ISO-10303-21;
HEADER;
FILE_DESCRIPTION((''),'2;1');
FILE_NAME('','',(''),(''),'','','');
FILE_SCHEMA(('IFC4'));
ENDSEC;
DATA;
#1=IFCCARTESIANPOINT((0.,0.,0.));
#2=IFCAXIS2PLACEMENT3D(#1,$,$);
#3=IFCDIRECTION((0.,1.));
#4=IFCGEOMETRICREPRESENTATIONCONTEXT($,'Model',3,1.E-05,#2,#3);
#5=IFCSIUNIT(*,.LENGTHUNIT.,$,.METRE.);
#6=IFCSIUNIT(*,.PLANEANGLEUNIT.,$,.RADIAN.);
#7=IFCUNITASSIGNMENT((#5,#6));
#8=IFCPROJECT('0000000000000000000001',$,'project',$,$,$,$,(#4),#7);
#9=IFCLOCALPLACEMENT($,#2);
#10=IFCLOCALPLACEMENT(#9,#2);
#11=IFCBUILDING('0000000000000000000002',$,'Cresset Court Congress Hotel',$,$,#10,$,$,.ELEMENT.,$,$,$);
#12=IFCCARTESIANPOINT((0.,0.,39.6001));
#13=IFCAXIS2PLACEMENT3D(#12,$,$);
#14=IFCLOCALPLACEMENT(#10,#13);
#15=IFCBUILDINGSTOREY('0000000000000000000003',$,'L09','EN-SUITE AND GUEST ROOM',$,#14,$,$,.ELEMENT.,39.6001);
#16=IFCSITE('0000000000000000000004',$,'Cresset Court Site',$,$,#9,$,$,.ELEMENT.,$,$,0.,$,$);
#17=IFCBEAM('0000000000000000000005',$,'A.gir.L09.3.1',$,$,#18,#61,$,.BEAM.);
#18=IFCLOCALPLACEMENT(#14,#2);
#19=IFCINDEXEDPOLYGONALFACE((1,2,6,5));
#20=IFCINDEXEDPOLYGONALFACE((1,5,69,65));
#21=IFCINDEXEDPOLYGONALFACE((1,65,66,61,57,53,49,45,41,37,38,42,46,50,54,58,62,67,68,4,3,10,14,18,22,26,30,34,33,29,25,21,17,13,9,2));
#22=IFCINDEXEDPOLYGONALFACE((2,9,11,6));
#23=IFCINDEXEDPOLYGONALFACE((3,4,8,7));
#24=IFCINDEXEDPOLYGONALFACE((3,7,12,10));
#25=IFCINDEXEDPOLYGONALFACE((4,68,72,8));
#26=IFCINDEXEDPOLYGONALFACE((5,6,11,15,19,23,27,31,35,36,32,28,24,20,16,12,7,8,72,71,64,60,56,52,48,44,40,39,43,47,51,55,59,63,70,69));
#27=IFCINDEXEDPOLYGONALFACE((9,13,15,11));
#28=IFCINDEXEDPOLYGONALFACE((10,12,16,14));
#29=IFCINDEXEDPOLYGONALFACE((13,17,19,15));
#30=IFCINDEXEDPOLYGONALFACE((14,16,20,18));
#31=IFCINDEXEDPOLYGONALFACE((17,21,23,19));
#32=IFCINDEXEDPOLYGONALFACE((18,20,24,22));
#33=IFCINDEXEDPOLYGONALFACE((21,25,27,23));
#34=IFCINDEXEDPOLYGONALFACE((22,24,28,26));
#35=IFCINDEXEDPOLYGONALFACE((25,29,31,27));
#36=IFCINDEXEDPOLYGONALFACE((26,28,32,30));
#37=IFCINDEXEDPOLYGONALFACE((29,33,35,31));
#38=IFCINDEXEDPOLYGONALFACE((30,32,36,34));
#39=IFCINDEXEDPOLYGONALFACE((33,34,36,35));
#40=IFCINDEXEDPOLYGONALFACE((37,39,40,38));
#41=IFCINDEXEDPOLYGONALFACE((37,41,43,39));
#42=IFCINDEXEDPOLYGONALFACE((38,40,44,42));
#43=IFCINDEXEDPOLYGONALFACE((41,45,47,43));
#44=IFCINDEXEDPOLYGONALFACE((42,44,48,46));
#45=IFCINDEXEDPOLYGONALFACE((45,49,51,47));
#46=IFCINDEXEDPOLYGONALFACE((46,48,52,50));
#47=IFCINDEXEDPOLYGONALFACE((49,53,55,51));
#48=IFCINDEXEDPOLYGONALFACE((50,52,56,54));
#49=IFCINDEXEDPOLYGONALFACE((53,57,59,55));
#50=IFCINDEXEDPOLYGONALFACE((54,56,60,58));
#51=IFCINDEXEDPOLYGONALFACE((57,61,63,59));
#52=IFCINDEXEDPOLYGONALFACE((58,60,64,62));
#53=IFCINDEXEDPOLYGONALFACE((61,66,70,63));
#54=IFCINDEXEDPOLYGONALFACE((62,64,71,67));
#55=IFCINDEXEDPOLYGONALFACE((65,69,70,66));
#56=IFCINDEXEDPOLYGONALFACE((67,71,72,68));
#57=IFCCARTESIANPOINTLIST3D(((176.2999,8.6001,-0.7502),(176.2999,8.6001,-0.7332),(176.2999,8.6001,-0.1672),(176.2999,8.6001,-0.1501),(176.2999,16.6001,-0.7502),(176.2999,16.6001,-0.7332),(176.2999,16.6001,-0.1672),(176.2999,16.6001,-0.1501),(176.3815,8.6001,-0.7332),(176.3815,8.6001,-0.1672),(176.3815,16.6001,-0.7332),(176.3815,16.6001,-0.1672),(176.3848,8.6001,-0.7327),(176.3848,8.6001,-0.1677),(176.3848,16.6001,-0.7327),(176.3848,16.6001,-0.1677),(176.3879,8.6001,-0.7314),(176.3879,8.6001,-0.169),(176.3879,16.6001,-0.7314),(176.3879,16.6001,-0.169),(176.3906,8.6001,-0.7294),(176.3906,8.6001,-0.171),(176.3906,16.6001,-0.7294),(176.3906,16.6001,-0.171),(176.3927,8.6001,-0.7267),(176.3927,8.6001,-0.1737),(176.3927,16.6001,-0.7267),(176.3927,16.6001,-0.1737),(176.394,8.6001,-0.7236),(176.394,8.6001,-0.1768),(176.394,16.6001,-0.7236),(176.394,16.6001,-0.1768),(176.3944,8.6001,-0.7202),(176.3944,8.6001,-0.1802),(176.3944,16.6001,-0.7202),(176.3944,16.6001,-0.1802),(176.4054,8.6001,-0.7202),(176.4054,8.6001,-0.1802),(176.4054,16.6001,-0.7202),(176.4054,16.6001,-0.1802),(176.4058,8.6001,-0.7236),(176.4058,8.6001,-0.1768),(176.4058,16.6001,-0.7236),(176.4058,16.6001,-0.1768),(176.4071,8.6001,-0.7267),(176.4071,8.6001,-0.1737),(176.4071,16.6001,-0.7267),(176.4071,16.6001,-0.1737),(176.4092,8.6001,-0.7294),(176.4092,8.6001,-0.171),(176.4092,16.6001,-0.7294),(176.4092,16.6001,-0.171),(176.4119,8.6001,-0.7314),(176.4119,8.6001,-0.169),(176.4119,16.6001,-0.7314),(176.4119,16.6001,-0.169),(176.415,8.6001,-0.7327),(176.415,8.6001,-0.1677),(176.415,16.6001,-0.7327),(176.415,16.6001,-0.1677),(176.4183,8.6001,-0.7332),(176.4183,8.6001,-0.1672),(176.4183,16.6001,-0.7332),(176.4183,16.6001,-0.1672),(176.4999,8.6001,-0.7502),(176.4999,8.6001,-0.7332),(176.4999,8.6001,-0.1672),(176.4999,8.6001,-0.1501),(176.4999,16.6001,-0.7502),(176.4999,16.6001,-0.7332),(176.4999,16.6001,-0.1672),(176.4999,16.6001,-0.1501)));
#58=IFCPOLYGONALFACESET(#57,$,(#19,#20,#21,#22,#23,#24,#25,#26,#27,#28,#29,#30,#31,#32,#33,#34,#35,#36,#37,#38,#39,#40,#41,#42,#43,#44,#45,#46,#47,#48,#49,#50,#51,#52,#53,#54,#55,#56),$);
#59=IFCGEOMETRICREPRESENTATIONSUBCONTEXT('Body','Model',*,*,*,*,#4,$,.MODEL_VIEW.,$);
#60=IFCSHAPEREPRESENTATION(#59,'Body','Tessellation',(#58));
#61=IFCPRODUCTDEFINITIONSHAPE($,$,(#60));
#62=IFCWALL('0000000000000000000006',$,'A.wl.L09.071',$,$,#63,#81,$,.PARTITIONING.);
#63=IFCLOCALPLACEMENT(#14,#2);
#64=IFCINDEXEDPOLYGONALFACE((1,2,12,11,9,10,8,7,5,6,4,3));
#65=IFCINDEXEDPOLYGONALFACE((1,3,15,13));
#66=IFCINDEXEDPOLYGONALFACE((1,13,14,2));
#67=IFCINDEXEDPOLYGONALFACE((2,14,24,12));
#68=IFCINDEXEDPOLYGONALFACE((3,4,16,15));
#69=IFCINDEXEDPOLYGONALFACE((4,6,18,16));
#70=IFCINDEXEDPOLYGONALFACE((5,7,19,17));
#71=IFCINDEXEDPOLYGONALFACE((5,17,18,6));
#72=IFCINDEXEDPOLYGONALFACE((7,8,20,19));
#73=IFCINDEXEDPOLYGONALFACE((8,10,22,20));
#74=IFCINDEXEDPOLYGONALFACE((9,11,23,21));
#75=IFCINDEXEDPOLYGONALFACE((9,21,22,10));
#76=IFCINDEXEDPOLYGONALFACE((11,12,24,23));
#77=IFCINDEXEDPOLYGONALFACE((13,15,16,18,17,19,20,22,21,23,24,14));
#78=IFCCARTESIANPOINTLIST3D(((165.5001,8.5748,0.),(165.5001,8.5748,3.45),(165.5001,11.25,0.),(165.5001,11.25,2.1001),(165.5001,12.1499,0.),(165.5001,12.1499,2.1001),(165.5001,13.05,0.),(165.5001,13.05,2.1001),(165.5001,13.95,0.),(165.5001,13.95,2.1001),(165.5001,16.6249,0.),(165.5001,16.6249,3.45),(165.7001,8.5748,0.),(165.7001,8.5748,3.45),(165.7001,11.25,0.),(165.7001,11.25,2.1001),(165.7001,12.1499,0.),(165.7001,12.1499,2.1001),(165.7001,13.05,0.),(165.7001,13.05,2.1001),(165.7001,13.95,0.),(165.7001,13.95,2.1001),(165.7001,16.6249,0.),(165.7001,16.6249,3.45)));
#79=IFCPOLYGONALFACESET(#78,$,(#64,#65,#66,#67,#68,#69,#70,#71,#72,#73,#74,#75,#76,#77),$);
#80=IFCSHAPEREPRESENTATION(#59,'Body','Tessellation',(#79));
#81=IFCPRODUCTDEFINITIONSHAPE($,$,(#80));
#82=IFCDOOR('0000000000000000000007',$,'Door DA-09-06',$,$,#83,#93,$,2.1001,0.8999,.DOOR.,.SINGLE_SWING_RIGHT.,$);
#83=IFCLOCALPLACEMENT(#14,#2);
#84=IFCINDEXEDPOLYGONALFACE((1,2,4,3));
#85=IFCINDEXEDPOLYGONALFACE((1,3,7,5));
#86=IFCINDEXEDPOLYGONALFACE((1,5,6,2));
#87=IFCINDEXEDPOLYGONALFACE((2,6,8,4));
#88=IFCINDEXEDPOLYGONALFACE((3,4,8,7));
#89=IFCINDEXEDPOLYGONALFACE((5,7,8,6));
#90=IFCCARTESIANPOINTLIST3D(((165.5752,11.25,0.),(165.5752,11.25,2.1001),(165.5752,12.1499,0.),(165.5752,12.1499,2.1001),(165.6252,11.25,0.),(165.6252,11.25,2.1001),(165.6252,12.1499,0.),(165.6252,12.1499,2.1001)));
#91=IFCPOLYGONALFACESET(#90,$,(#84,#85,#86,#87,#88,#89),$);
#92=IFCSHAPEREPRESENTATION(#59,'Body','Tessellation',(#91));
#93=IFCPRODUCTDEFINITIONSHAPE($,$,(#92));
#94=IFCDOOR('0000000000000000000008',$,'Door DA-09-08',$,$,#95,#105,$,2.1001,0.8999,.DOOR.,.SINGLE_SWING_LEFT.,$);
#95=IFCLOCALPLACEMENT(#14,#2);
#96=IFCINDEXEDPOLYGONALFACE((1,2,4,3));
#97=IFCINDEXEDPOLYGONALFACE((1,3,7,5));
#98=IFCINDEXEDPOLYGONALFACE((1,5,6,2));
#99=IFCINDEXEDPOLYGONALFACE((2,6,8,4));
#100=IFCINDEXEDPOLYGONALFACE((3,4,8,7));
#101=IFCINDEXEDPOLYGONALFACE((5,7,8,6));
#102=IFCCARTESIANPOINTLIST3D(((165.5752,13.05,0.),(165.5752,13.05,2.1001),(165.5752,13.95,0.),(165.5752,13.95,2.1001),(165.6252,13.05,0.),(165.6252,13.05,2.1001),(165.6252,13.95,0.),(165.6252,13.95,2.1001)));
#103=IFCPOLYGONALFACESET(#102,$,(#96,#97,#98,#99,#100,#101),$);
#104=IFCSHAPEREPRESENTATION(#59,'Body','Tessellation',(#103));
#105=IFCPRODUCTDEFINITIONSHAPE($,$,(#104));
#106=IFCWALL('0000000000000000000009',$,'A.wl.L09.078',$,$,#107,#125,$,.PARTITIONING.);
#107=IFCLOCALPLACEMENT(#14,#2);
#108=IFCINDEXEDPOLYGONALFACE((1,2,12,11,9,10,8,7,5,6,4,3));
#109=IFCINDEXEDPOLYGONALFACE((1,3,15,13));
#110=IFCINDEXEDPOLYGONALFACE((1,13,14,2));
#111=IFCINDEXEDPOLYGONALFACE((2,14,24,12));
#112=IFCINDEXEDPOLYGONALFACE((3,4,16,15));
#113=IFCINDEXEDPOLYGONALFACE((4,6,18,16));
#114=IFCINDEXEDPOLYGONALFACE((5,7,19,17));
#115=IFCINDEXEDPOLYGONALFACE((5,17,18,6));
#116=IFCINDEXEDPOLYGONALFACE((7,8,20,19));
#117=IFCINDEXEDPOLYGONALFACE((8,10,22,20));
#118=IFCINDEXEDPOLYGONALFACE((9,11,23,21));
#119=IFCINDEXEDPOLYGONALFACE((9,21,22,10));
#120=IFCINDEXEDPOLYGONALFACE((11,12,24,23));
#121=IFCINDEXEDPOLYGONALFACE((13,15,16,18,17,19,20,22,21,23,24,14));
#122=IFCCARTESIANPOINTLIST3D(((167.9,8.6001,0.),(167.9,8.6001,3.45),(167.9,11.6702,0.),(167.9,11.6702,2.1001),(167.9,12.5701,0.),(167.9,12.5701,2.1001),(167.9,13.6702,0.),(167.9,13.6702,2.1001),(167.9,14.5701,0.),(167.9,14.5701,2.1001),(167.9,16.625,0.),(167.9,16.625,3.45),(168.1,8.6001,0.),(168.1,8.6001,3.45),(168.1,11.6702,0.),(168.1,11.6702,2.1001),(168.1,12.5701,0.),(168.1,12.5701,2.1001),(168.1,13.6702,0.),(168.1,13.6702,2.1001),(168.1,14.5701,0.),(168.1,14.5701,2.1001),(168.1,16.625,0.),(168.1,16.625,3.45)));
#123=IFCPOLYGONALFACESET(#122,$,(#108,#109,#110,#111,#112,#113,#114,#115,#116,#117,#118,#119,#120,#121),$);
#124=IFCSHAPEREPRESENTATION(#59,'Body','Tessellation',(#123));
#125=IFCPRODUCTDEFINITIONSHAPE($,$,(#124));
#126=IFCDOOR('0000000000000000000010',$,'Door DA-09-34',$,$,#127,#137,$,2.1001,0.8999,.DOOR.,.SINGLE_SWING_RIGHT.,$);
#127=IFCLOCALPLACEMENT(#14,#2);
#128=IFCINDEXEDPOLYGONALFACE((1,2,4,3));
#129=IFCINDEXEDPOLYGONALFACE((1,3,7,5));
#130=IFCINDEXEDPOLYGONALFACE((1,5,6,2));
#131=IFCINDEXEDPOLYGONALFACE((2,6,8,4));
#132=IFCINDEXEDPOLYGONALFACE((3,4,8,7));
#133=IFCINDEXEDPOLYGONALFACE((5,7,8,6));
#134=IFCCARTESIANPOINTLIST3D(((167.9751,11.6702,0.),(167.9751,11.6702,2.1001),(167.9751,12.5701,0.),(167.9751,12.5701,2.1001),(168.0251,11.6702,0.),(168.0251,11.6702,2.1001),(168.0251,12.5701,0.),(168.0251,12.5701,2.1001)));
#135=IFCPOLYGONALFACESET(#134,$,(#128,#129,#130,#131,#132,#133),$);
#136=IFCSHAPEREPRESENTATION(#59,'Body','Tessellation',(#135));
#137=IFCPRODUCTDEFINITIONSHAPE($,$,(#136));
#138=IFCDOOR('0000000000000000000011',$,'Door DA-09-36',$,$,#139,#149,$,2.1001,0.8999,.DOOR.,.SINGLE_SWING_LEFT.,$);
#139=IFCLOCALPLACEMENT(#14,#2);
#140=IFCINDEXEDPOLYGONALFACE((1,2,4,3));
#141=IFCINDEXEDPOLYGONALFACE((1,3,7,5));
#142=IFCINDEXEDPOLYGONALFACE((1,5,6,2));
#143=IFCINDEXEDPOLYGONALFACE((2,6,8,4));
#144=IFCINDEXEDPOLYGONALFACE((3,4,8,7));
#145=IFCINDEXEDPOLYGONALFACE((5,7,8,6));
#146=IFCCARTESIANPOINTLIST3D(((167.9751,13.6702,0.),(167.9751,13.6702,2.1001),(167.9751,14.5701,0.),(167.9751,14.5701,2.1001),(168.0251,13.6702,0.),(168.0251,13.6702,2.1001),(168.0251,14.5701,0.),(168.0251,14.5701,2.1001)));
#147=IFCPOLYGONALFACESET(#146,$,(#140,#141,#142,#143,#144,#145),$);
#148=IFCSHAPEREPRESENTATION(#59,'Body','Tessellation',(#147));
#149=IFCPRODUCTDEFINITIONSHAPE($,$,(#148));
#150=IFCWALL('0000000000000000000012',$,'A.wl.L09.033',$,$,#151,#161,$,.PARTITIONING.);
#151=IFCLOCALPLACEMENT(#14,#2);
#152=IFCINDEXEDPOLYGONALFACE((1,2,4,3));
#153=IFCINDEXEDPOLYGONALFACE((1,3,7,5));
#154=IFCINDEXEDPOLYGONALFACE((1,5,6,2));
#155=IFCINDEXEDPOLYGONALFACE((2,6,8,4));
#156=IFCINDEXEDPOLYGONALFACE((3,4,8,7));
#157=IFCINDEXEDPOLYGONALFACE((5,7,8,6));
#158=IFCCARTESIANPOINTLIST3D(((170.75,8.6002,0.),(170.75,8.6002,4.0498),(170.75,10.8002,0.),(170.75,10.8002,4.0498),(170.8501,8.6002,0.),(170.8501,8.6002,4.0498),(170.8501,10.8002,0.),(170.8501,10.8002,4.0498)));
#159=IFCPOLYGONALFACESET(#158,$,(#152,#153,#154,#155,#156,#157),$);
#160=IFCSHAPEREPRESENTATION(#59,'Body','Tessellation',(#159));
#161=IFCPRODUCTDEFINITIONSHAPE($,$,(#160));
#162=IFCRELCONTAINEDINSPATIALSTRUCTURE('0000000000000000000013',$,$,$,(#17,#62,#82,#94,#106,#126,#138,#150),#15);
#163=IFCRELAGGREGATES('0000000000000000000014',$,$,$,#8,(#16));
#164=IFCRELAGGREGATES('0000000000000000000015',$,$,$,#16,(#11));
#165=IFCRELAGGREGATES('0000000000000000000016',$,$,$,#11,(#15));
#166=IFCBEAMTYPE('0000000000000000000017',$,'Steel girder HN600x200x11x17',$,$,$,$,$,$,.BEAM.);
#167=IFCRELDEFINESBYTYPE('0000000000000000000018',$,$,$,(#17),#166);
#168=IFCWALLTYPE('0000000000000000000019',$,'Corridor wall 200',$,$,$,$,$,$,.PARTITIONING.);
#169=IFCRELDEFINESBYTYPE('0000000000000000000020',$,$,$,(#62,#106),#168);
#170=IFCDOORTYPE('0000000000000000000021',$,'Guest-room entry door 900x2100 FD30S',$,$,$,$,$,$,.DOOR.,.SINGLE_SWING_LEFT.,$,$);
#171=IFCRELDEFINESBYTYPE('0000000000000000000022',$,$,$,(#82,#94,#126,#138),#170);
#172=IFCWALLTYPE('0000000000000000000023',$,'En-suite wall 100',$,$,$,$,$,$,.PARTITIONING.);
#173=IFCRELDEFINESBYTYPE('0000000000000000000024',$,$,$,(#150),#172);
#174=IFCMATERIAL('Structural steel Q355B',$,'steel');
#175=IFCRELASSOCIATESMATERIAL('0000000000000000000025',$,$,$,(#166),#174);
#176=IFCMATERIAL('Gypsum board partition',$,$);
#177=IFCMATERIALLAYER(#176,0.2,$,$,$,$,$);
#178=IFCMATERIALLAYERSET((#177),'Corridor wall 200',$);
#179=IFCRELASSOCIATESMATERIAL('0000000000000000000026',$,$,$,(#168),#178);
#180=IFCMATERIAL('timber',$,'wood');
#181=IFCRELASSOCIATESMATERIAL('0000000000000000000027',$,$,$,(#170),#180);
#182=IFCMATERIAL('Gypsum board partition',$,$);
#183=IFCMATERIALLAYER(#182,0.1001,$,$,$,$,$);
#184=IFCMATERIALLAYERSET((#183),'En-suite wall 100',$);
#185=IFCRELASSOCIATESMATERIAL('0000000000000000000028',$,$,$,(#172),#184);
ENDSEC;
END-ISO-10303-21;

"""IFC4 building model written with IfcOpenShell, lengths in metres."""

from ifc_helpers import new_model, si_unit, direction, frame, frame_2d, origin, origin_2d, place, context, subcontext, project, spatial, rectangle, i_section, extrude, material, layer, layer_set, material_profile, profile_set, type_object, element, fill, save


model = new_model("IFC4")

# Units and contexts
model_context = context("Model", 3, precision=1e-05, world=origin(), true_north=direction((0.0, 1.0)))
body_context = subcontext(model_context, "Body", "Model", "MODEL_VIEW")
ifc_project = project(units=[si_unit("LENGTHUNIT", "METRE"), si_unit("PLANEANGLEUNIT", "RADIAN")], contexts=[model_context])

# Site, building, storey
site_placement = place(None, origin())
site = spatial("IfcSite", under=ifc_project, at=site_placement, Name="Cresset Court Site", CompositionType="ELEMENT", RefElevation=0.0)
building_placement = place(site_placement, origin())
building = spatial("IfcBuilding", under=site, at=building_placement, Name="Cresset Court Congress Hotel", CompositionType="ELEMENT")
storey_placement = place(building_placement, frame((0.0, 0.0, 39.6001)))
storey = spatial("IfcBuildingStorey", under=building, at=storey_placement, Name="L09", Description="EN-SUITE AND GUEST ROOM", CompositionType="ELEMENT", Elevation=39.6001)

# Beam
ifc_material_1 = material(Name="Structural steel Q355B", Category="steel")
ifc_material_profile_1 = material_profile(ifc_material_1, i_section(OverallWidth=0.2, OverallDepth=0.6001, WebThickness=0.011, FlangeThickness=0.0171, FilletRadius=0.0129, at=origin_2d()), Name="HN600x200x11x17")
ifc_profile_set_1 = profile_set([ifc_material_profile_1], Name="Structural steel Q355B")
beam_type_1 = type_object("IfcBeamType", Name="Steel girder HN600x200x11x17", PredefinedType="BEAM", material=ifc_profile_set_1)
for number, where, z_axis, x_axis, name in (
    (1, (176.3999, 8.6001, -0.4502), (0.0, 1.0, 0.0), (-1.0, 0.0, 0.0), "A.gir.L09.3.1"),
):
    element("IfcBeam", number, at=place(storey_placement, frame(where, z_axis=z_axis, x_axis=x_axis)), inside=storey, type_object=beam_type_1, Name=name, PredefinedType="BEAM", context=body_context, shape_type="SweptSolid", body=[
        extrude(i_section(OverallWidth=0.2, OverallDepth=0.6001, WebThickness=0.011, FlangeThickness=0.0171, FilletRadius=0.0129, at=origin_2d()), origin(), (0.0, 0.0, 1.0), 8.0),
    ])

# Walls, openings, doors
ifc_material_2 = material(Name="Gypsum board partition")
ifc_layer_1 = layer(ifc_material_2, 0.2)
ifc_layer_set_1 = layer_set([ifc_layer_1], Name="Corridor wall 200")
wall_type_1 = type_object("IfcWallType", Name="Corridor wall 200", PredefinedType="PARTITIONING", material=ifc_layer_set_1)
wall_1_placement = place(storey_placement, frame((165.6001, 8.575, 0.0), z_axis=(0.0, 0.0, 1.0), x_axis=(0.0, 1.0, 0.0)))
wall_1 = element("IfcWall", 2, at=wall_1_placement, inside=storey, type_object=wall_type_1, Name="A.wl.L09.071", PredefinedType="PARTITIONING", context=body_context, shape_type="SweptSolid", body=[
    extrude(rectangle(XDim=8.05, YDim=0.2, at=frame_2d((4.0249, 0.0))), origin(), (0.0, 0.0, 1.0), 3.45),
])
opening_1_placement = place(wall_1_placement, frame((2.675, 0.0, 0.0)))
opening_1 = element("IfcOpeningElement", 3, at=opening_1_placement, cuts=wall_1, PredefinedType="OPENING", context=body_context, shape_type="SweptSolid", body=[
    extrude(rectangle(XDim=0.8999, YDim=2.1001, at=frame_2d((0.45, 1.05))), frame((0.0, 0.1099, 0.0), z_axis=(0.0, -1.0, 0.0), x_axis=(1.0, 0.0, 0.0)), (0.0, 0.0, 1.0), 0.22),
])
opening_2_placement = place(wall_1_placement, frame((4.4751, 0.0, 0.0)))
opening_2 = element("IfcOpeningElement", 4, at=opening_2_placement, cuts=wall_1, PredefinedType="OPENING", context=body_context, shape_type="SweptSolid", body=[
    extrude(rectangle(XDim=0.8999, YDim=2.1001, at=frame_2d((0.45, 1.05))), frame((0.0, 0.1099, 0.0), z_axis=(0.0, -1.0, 0.0), x_axis=(1.0, 0.0, 0.0)), (0.0, 0.0, 1.0), 0.22),
])
ifc_material_3 = material(Name="timber", Category="wood")
door_type_1 = type_object("IfcDoorType", Name="Guest-room entry door 900x2100 FD30S", OperationType="SINGLE_SWING_LEFT", PredefinedType="DOOR", material=ifc_material_3)
door_1_placement = place(opening_1_placement, origin())
door_1 = element("IfcDoor", 5, at=door_1_placement, inside=storey, type_object=door_type_1, Name="Door DA-09-06", OperationType="SINGLE_SWING_RIGHT", OverallHeight=2.1001, OverallWidth=0.8999, PredefinedType="DOOR", context=body_context, shape_type="SweptSolid", body=[
    extrude(rectangle(XDim=0.8999, YDim=2.1001, at=frame_2d((0.45, 1.05))), frame((0.0, 0.0249, 0.0), z_axis=(0.0, -1.0, 0.0), x_axis=(1.0, 0.0, 0.0)), (0.0, 0.0, 1.0), 0.05),
])
fill(opening_1, door_1)
door_2_placement = place(opening_2_placement, origin())
door_2 = element("IfcDoor", 6, at=door_2_placement, inside=storey, type_object=door_type_1, Name="Door DA-09-08", OperationType="SINGLE_SWING_LEFT", OverallHeight=2.1001, OverallWidth=0.8999, PredefinedType="DOOR", context=body_context, shape_type="SweptSolid", body=[
    extrude(rectangle(XDim=0.8999, YDim=2.1001, at=frame_2d((0.45, 1.05))), frame((0.0, 0.0249, 0.0), z_axis=(0.0, -1.0, 0.0), x_axis=(1.0, 0.0, 0.0)), (0.0, 0.0, 1.0), 0.05),
])
fill(opening_2, door_2)
wall_2_placement = place(storey_placement, frame((168.0, 8.6001, 0.0), z_axis=(0.0, 0.0, 1.0), x_axis=(0.0, 1.0, 0.0)))
wall_2 = element("IfcWall", 7, at=wall_2_placement, inside=storey, type_object=wall_type_1, Name="A.wl.L09.078", PredefinedType="PARTITIONING", context=body_context, shape_type="SweptSolid", body=[
    extrude(rectangle(XDim=8.0249, YDim=0.2, at=frame_2d((4.0125, 0.0))), origin(), (0.0, 0.0, 1.0), 3.45),
])
opening_3_placement = place(wall_2_placement, frame((3.0701, 0.0, 0.0)))
opening_3 = element("IfcOpeningElement", 8, at=opening_3_placement, cuts=wall_2, PredefinedType="OPENING", context=body_context, shape_type="SweptSolid", body=[
    extrude(rectangle(XDim=0.8999, YDim=2.1001, at=frame_2d((0.45, 1.05))), frame((0.0, 0.1099, 0.0), z_axis=(0.0, -1.0, 0.0), x_axis=(1.0, 0.0, 0.0)), (0.0, 0.0, 1.0), 0.22),
])
opening_4_placement = place(wall_2_placement, frame((5.0701, 0.0, 0.0)))
opening_4 = element("IfcOpeningElement", 9, at=opening_4_placement, cuts=wall_2, PredefinedType="OPENING", context=body_context, shape_type="SweptSolid", body=[
    extrude(rectangle(XDim=0.8999, YDim=2.1001, at=frame_2d((0.45, 1.05))), frame((0.0, 0.1099, 0.0), z_axis=(0.0, -1.0, 0.0), x_axis=(1.0, 0.0, 0.0)), (0.0, 0.0, 1.0), 0.22),
])
door_3_placement = place(opening_3_placement, origin())
door_3 = element("IfcDoor", 10, at=door_3_placement, inside=storey, type_object=door_type_1, Name="Door DA-09-34", OperationType="SINGLE_SWING_RIGHT", OverallHeight=2.1001, OverallWidth=0.8999, PredefinedType="DOOR", context=body_context, shape_type="SweptSolid", body=[
    extrude(rectangle(XDim=0.8999, YDim=2.1001, at=frame_2d((0.45, 1.05))), frame((0.0, 0.0249, 0.0), z_axis=(0.0, -1.0, 0.0), x_axis=(1.0, 0.0, 0.0)), (0.0, 0.0, 1.0), 0.05),
])
fill(opening_3, door_3)
door_4_placement = place(opening_4_placement, origin())
door_4 = element("IfcDoor", 11, at=door_4_placement, inside=storey, type_object=door_type_1, Name="Door DA-09-36", OperationType="SINGLE_SWING_LEFT", OverallHeight=2.1001, OverallWidth=0.8999, PredefinedType="DOOR", context=body_context, shape_type="SweptSolid", body=[
    extrude(rectangle(XDim=0.8999, YDim=2.1001, at=frame_2d((0.45, 1.05))), frame((0.0, 0.0249, 0.0), z_axis=(0.0, -1.0, 0.0), x_axis=(1.0, 0.0, 0.0)), (0.0, 0.0, 1.0), 0.05),
])
fill(opening_4, door_4)

# Wall
ifc_material_4 = material(Name="Gypsum board partition")
ifc_layer_2 = layer(ifc_material_4, 0.1001)
ifc_layer_set_2 = layer_set([ifc_layer_2], Name="En-suite wall 100")
wall_type_2 = type_object("IfcWallType", Name="En-suite wall 100", PredefinedType="PARTITIONING", material=ifc_layer_set_2)
wall_3_placement = place(storey_placement, frame((170.8, 8.6001, 0.0), z_axis=(0.0, 0.0, 1.0), x_axis=(0.0, 1.0, 0.0)))
element("IfcWall", 12, at=wall_3_placement, inside=storey, type_object=wall_type_2, Name="A.wl.L09.033", PredefinedType="PARTITIONING", context=body_context, shape_type="SweptSolid", body=[
    extrude(rectangle(XDim=2.2, YDim=0.1001, at=frame_2d((1.1001, 0.0))), origin(), (0.0, 0.0, 1.0), 4.0498),
])

save(model, "model.ifc")
